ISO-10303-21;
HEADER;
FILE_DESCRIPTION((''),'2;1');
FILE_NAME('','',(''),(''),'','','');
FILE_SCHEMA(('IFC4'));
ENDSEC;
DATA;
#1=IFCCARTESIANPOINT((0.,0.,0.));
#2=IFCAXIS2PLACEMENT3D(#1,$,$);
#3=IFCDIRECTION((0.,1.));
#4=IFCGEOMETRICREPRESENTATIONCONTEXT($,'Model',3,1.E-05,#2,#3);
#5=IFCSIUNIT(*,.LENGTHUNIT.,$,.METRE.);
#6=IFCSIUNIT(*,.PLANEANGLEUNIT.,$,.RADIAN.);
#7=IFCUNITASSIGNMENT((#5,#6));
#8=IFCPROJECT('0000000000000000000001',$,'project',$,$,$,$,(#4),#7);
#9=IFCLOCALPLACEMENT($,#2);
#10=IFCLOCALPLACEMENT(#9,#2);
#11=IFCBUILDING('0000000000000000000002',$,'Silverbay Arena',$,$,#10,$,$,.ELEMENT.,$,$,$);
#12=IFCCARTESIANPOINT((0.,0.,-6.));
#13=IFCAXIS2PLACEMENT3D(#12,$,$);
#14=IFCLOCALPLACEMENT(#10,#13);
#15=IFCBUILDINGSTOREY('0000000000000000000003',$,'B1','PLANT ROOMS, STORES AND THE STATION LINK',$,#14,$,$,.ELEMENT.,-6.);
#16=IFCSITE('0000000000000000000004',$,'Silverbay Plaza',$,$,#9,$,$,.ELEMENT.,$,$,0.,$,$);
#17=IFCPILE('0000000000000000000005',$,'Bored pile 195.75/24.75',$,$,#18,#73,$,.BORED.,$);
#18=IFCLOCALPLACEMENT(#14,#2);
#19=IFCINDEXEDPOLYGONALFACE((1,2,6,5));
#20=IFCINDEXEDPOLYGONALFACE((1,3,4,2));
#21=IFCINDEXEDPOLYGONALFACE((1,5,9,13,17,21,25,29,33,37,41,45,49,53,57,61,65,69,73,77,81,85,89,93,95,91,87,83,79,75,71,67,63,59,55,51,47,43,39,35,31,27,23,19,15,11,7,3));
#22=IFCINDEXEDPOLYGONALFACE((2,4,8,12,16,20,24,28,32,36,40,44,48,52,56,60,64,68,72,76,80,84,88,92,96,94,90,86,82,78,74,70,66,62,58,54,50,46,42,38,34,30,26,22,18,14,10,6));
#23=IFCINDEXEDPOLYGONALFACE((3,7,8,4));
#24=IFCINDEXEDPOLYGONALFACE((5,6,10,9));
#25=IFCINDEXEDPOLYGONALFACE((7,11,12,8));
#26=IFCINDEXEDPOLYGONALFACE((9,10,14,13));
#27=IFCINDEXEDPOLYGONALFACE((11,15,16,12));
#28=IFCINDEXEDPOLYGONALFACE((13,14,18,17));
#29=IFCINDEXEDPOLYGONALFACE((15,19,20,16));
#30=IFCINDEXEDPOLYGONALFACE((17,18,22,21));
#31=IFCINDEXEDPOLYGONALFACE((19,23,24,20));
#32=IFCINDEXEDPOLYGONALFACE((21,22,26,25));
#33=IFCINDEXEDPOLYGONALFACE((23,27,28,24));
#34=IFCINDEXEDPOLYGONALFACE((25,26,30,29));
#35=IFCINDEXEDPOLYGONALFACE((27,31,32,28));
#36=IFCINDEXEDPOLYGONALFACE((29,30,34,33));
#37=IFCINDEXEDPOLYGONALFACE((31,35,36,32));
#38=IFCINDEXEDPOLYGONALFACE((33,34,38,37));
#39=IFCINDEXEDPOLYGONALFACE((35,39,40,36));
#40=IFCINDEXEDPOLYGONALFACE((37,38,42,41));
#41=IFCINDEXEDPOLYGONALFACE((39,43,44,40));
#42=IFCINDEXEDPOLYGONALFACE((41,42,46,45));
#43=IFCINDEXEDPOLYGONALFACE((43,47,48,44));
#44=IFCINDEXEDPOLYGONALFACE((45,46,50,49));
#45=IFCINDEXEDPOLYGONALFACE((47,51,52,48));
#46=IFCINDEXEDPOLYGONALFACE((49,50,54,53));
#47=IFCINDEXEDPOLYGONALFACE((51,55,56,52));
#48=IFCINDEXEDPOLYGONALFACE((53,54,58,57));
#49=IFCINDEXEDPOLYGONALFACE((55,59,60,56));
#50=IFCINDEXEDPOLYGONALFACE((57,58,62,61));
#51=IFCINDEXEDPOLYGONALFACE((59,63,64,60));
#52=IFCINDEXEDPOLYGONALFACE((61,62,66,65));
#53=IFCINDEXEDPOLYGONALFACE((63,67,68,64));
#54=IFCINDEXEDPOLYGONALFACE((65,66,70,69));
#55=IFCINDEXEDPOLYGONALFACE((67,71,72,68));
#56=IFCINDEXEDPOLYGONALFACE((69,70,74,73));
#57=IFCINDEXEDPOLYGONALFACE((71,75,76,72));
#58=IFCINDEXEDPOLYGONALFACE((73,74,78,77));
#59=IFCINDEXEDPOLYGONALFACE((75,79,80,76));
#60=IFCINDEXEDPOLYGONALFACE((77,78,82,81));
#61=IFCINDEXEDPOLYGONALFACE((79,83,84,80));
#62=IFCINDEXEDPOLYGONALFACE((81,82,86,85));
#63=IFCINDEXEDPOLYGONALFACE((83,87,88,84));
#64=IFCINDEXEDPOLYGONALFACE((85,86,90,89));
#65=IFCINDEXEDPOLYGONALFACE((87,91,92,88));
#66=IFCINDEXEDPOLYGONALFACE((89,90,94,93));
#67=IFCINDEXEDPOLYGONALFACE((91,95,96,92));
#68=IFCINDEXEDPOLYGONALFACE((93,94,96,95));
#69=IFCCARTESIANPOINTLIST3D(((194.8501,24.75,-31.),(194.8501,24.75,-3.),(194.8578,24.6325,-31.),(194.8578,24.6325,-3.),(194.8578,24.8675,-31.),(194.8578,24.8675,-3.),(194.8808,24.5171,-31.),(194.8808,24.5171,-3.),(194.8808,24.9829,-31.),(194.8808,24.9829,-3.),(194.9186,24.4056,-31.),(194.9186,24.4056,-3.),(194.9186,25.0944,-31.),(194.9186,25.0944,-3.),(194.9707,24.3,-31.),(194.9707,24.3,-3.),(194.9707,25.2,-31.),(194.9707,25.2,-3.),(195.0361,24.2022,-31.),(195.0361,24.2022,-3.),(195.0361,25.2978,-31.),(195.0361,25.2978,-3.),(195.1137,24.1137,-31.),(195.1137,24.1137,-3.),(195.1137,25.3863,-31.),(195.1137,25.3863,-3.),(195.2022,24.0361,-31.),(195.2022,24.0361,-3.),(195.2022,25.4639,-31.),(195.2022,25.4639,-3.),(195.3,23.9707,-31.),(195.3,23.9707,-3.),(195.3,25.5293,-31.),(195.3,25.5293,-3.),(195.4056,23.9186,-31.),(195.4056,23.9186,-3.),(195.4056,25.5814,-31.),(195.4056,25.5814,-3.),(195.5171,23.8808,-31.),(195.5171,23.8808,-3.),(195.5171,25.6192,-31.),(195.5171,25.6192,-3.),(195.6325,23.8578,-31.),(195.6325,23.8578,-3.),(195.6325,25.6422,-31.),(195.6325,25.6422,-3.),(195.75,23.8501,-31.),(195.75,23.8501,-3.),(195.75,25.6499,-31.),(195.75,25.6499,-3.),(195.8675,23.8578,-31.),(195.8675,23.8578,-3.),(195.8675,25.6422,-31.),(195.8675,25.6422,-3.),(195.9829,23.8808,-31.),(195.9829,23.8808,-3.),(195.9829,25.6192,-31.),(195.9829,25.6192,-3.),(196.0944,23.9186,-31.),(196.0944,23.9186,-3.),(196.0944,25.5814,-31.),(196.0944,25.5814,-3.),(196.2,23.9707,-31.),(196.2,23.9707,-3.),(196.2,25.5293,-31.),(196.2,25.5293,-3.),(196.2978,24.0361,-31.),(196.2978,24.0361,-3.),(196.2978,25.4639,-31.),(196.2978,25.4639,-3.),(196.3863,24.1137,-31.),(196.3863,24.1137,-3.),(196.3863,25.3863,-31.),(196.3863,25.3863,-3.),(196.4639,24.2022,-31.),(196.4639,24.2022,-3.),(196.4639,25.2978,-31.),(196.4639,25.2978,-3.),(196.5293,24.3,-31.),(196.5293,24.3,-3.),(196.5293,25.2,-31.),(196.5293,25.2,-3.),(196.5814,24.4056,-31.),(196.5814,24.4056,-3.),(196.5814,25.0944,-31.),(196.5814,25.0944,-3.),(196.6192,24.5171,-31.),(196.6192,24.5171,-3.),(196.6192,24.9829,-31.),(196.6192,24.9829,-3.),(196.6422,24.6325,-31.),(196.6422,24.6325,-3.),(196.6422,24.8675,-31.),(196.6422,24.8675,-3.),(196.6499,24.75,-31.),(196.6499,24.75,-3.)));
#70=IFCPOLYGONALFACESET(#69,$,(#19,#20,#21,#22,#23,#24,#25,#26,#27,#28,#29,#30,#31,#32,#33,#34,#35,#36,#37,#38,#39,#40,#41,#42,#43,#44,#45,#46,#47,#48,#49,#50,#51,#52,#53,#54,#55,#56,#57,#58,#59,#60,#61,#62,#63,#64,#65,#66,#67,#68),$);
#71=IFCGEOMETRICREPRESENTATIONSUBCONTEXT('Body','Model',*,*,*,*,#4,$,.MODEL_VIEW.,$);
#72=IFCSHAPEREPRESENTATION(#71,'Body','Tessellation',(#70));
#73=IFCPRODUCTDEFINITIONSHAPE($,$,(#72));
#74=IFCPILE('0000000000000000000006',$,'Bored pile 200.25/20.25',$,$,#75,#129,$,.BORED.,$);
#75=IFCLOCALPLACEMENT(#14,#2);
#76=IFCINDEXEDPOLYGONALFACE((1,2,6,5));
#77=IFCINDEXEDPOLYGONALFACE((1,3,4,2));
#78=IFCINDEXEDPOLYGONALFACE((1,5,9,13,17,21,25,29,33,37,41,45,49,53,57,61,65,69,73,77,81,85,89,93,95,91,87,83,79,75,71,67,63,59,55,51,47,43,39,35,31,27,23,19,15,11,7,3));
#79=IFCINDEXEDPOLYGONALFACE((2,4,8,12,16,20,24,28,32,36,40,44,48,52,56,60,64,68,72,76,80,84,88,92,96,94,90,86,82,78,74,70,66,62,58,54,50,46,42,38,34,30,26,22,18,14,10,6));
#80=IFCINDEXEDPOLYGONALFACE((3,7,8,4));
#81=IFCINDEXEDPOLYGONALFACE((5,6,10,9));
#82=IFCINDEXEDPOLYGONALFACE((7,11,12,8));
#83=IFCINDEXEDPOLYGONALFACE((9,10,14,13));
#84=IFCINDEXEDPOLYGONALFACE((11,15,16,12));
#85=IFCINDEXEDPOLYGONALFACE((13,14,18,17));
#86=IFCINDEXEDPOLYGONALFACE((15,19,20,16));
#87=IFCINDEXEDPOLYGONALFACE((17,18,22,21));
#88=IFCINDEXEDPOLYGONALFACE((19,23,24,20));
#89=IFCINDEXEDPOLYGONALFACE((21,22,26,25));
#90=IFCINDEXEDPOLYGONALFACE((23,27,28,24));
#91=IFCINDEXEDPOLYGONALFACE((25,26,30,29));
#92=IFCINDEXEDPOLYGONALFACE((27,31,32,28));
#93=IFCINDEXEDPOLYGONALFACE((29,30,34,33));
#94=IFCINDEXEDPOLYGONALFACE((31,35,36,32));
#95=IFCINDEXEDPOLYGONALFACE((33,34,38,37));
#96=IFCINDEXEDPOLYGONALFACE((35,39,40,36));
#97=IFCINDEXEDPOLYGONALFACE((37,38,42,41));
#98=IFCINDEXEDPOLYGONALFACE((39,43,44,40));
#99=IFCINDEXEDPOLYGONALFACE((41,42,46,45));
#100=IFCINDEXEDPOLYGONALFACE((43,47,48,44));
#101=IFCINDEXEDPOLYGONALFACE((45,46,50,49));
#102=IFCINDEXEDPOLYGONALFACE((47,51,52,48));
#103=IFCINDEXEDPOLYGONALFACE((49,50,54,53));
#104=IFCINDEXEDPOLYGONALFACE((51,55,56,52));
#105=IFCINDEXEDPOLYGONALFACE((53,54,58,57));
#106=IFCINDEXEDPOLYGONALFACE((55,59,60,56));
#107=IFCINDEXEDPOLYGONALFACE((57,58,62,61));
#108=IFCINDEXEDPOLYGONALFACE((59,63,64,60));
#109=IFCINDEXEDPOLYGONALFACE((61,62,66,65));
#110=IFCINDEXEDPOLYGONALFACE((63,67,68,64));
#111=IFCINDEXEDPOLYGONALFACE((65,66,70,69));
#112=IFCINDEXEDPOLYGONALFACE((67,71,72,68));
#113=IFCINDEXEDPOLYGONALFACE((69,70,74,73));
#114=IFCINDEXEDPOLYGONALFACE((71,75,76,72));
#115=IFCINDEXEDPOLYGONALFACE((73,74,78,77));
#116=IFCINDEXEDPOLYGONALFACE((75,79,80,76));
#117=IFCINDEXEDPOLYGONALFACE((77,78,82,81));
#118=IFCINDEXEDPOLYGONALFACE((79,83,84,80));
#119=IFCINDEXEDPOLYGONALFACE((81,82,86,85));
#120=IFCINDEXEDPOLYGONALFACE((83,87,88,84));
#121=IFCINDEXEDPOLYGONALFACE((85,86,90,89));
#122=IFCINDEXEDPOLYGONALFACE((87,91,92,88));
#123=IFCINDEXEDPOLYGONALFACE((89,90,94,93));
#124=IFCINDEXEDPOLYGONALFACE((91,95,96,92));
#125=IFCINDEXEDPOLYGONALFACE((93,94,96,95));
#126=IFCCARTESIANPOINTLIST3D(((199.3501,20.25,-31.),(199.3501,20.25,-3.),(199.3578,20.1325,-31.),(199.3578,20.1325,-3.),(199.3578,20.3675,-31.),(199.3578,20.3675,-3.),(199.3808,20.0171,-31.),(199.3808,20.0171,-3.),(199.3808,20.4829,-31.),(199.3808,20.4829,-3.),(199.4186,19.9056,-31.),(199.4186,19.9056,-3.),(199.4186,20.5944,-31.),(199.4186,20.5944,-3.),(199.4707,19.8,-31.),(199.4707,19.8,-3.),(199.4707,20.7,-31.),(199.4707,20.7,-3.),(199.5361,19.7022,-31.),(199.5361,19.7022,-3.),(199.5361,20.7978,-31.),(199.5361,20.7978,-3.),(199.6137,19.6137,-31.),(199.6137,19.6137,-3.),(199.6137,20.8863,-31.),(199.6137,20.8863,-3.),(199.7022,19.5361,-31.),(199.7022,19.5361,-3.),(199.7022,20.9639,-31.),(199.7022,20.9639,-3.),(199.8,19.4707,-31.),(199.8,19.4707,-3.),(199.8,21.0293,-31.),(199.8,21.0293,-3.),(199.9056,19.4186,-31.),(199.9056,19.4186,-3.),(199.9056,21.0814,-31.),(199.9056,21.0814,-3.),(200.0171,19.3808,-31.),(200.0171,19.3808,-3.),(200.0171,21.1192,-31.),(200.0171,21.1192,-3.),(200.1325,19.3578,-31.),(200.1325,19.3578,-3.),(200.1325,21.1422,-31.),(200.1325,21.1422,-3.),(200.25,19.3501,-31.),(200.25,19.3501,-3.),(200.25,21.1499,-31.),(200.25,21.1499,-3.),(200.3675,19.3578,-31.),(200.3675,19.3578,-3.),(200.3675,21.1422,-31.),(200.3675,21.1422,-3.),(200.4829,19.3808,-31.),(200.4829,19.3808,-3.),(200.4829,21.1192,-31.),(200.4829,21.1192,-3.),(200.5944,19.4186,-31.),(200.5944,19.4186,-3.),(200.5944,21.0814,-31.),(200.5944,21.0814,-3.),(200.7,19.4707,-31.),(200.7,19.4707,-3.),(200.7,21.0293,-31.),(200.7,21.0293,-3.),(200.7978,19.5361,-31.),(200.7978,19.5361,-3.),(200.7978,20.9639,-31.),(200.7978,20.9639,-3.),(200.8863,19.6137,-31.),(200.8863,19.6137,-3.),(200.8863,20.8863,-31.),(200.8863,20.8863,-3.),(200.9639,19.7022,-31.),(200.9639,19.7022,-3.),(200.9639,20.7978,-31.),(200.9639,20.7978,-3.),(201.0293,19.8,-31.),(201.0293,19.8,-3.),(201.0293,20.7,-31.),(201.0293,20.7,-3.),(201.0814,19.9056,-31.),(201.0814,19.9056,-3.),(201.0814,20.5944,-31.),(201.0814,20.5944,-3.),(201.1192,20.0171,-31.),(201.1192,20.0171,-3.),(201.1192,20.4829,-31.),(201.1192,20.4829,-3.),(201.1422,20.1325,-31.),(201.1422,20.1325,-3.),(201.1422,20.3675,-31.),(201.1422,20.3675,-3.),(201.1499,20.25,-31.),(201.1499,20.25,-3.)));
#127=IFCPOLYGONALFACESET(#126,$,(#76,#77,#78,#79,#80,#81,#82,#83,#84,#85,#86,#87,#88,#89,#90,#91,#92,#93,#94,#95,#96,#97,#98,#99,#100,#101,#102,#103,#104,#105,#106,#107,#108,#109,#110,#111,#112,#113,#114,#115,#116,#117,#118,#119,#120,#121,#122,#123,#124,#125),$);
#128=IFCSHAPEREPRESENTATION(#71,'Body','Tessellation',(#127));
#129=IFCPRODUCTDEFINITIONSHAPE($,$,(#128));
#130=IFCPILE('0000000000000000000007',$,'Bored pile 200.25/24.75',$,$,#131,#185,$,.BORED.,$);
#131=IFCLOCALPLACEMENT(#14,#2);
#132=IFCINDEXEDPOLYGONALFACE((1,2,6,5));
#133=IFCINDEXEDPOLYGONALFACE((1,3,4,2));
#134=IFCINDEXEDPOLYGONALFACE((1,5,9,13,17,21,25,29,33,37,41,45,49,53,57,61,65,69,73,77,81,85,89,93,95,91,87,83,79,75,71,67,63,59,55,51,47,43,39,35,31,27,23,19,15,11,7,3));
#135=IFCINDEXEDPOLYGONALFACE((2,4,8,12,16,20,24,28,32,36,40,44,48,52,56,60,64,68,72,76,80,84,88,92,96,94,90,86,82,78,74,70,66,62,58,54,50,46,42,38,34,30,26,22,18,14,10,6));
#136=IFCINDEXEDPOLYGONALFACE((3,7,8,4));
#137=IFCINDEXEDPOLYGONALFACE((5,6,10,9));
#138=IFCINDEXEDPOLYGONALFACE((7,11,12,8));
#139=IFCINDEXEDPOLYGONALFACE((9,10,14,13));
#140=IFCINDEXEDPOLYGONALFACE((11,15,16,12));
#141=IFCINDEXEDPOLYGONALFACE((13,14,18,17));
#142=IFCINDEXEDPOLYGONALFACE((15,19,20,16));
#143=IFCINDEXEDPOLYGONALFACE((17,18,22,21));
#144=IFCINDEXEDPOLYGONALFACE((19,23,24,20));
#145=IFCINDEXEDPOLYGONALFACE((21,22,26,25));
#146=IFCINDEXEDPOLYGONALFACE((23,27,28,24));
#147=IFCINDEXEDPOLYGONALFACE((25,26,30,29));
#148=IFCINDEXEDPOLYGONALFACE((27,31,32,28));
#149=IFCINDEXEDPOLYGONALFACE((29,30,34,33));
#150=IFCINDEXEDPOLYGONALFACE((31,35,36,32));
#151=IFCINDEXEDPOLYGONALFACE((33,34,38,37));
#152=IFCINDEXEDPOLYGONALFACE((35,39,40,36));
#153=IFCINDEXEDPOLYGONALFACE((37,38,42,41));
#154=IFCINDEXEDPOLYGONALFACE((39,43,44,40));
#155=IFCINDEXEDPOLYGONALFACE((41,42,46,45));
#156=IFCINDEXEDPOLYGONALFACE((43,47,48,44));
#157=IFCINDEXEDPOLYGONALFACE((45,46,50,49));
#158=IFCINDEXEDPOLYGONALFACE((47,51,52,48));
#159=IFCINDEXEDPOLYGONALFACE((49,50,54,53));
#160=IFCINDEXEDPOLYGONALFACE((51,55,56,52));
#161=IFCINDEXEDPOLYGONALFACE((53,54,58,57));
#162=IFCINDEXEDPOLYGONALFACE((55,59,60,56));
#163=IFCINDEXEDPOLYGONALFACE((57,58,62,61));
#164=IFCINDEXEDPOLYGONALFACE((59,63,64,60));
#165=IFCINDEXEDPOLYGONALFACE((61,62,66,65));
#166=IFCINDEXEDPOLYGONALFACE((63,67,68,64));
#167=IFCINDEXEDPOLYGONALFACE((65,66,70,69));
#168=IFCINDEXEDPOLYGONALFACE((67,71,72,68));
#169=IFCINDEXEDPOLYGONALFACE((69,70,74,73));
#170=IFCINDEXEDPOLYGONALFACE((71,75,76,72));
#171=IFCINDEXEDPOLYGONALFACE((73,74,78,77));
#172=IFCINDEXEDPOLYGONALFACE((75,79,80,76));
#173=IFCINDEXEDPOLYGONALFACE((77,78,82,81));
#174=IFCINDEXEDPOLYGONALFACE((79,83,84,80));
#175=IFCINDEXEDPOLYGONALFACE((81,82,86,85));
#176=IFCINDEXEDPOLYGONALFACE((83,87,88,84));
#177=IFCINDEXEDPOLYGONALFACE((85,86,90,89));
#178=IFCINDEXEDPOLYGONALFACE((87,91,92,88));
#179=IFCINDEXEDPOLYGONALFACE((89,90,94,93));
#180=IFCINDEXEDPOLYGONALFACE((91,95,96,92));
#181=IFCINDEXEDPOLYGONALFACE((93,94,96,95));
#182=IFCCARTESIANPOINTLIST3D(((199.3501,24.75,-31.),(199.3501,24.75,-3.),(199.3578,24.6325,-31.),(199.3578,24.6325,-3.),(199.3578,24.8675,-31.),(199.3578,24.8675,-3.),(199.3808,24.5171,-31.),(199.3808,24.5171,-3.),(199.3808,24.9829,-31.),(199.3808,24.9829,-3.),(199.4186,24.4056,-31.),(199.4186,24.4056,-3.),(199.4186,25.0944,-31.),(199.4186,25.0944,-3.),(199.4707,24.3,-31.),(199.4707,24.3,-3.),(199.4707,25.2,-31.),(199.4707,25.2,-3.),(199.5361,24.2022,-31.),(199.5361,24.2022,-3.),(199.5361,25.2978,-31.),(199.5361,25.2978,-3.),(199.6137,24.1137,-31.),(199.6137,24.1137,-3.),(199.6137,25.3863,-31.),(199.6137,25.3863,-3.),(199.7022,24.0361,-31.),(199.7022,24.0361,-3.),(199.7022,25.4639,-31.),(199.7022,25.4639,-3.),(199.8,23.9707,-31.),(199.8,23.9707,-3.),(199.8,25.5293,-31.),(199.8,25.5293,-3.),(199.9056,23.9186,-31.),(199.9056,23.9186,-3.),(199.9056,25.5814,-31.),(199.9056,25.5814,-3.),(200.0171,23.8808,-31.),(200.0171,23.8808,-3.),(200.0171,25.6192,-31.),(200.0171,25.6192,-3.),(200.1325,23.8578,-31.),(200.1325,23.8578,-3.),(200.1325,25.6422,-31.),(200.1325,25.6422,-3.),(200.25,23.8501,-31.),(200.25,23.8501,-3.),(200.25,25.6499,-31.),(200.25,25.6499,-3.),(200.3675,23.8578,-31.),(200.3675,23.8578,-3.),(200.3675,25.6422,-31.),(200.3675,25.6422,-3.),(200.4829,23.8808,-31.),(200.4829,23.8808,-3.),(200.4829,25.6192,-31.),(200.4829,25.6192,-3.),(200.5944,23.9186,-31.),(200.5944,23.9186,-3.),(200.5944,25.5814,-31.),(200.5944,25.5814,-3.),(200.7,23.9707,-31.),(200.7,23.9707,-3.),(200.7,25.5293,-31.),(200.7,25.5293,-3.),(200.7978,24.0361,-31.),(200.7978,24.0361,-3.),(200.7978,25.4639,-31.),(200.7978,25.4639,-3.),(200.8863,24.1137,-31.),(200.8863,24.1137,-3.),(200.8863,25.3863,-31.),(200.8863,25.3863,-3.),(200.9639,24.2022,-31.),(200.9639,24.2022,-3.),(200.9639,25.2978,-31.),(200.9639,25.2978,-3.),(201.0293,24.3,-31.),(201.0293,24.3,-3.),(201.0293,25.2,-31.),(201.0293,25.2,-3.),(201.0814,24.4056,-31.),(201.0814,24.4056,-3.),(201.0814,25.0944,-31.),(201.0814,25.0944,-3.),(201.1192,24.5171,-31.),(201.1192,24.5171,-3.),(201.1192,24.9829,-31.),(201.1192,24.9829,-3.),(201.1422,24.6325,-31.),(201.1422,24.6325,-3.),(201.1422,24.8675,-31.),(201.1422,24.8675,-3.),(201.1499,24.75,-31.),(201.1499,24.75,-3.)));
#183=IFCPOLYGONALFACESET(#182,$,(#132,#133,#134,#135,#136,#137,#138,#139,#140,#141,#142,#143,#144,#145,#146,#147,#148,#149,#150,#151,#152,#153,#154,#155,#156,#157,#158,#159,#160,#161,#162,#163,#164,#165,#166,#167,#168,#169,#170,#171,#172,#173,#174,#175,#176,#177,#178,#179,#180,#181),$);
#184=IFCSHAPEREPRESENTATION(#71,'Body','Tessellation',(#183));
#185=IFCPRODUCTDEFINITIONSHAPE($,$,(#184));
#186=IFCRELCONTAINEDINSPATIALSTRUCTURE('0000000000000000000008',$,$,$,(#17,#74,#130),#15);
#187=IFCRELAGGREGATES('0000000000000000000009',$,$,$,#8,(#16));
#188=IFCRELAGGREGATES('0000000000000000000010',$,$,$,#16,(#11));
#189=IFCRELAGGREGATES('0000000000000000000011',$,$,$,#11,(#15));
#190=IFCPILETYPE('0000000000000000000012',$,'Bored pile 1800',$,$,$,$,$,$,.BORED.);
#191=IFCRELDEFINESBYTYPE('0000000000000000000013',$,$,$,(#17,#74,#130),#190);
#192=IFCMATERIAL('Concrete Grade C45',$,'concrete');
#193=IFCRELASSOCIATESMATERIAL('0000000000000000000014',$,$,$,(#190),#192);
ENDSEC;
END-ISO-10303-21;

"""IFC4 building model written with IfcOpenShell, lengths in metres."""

from ifc_helpers import new_model, si_unit, direction, frame, origin, origin_2d, place, context, subcontext, project, spatial, circle, extrude, material, material_profile, profile_set, type_object, element, save


model = new_model("IFC4")

# Units and contexts
model_context = context("Model", 3, precision=1e-05, world=origin(), true_north=direction((0.0, 1.0)))
body_context = subcontext(model_context, "Body", "Model", "MODEL_VIEW")
ifc_project = project(units=[si_unit("LENGTHUNIT", "METRE"), si_unit("PLANEANGLEUNIT", "RADIAN")], contexts=[model_context])

# Site, building, storey
site_placement = place(None, origin())
site = spatial("IfcSite", under=ifc_project, at=site_placement, Name="Silverbay Plaza", CompositionType="ELEMENT", RefElevation=0.0)
building_placement = place(site_placement, origin())
building = spatial("IfcBuilding", under=site, at=building_placement, Name="Silverbay Arena", CompositionType="ELEMENT")
storey_placement = place(building_placement, frame((0.0, 0.0, -6.0)))
storey = spatial("IfcBuildingStorey", under=building, at=storey_placement, Name="B1", Description="PLANT ROOMS, STORES AND THE STATION LINK", CompositionType="ELEMENT", Elevation=-6.0)

# Piles
ifc_material_1 = material(Name="Concrete Grade C45", Category="concrete")
ifc_material_profile_1 = material_profile(ifc_material_1, circle(Radius=0.8999, at=origin_2d()), Name="Bored pile 1800")
ifc_profile_set_1 = profile_set([ifc_material_profile_1], Name="Concrete Grade C45")
pile_type_1 = type_object("IfcPileType", Name="Bored pile 1800", PredefinedType="BORED", material=ifc_profile_set_1)
for number, where, z_axis, x_axis, name in (
    (1, (195.75, 24.75, -3.0), (0.0, 0.0, -1.0), (1.0, 0.0, 0.0), "Bored pile 195.75/24.75"),
    (2, (200.25, 20.25, -3.0), (0.0, 0.0, -1.0), (1.0, 0.0, 0.0), "Bored pile 200.25/20.25"),
    (3, (200.25, 24.75, -3.0), (0.0, 0.0, -1.0), (1.0, 0.0, 0.0), "Bored pile 200.25/24.75"),
):
    element("IfcPile", number, at=place(storey_placement, frame(where, z_axis=z_axis, x_axis=x_axis)), inside=storey, type_object=pile_type_1, Name=name, PredefinedType="BORED", context=body_context, shape_type="SweptSolid", body=[
        extrude(circle(Radius=0.8999, at=origin_2d()), origin(), (0.0, 0.0, 1.0), 28.0),
    ])

save(model, "model.ifc")
